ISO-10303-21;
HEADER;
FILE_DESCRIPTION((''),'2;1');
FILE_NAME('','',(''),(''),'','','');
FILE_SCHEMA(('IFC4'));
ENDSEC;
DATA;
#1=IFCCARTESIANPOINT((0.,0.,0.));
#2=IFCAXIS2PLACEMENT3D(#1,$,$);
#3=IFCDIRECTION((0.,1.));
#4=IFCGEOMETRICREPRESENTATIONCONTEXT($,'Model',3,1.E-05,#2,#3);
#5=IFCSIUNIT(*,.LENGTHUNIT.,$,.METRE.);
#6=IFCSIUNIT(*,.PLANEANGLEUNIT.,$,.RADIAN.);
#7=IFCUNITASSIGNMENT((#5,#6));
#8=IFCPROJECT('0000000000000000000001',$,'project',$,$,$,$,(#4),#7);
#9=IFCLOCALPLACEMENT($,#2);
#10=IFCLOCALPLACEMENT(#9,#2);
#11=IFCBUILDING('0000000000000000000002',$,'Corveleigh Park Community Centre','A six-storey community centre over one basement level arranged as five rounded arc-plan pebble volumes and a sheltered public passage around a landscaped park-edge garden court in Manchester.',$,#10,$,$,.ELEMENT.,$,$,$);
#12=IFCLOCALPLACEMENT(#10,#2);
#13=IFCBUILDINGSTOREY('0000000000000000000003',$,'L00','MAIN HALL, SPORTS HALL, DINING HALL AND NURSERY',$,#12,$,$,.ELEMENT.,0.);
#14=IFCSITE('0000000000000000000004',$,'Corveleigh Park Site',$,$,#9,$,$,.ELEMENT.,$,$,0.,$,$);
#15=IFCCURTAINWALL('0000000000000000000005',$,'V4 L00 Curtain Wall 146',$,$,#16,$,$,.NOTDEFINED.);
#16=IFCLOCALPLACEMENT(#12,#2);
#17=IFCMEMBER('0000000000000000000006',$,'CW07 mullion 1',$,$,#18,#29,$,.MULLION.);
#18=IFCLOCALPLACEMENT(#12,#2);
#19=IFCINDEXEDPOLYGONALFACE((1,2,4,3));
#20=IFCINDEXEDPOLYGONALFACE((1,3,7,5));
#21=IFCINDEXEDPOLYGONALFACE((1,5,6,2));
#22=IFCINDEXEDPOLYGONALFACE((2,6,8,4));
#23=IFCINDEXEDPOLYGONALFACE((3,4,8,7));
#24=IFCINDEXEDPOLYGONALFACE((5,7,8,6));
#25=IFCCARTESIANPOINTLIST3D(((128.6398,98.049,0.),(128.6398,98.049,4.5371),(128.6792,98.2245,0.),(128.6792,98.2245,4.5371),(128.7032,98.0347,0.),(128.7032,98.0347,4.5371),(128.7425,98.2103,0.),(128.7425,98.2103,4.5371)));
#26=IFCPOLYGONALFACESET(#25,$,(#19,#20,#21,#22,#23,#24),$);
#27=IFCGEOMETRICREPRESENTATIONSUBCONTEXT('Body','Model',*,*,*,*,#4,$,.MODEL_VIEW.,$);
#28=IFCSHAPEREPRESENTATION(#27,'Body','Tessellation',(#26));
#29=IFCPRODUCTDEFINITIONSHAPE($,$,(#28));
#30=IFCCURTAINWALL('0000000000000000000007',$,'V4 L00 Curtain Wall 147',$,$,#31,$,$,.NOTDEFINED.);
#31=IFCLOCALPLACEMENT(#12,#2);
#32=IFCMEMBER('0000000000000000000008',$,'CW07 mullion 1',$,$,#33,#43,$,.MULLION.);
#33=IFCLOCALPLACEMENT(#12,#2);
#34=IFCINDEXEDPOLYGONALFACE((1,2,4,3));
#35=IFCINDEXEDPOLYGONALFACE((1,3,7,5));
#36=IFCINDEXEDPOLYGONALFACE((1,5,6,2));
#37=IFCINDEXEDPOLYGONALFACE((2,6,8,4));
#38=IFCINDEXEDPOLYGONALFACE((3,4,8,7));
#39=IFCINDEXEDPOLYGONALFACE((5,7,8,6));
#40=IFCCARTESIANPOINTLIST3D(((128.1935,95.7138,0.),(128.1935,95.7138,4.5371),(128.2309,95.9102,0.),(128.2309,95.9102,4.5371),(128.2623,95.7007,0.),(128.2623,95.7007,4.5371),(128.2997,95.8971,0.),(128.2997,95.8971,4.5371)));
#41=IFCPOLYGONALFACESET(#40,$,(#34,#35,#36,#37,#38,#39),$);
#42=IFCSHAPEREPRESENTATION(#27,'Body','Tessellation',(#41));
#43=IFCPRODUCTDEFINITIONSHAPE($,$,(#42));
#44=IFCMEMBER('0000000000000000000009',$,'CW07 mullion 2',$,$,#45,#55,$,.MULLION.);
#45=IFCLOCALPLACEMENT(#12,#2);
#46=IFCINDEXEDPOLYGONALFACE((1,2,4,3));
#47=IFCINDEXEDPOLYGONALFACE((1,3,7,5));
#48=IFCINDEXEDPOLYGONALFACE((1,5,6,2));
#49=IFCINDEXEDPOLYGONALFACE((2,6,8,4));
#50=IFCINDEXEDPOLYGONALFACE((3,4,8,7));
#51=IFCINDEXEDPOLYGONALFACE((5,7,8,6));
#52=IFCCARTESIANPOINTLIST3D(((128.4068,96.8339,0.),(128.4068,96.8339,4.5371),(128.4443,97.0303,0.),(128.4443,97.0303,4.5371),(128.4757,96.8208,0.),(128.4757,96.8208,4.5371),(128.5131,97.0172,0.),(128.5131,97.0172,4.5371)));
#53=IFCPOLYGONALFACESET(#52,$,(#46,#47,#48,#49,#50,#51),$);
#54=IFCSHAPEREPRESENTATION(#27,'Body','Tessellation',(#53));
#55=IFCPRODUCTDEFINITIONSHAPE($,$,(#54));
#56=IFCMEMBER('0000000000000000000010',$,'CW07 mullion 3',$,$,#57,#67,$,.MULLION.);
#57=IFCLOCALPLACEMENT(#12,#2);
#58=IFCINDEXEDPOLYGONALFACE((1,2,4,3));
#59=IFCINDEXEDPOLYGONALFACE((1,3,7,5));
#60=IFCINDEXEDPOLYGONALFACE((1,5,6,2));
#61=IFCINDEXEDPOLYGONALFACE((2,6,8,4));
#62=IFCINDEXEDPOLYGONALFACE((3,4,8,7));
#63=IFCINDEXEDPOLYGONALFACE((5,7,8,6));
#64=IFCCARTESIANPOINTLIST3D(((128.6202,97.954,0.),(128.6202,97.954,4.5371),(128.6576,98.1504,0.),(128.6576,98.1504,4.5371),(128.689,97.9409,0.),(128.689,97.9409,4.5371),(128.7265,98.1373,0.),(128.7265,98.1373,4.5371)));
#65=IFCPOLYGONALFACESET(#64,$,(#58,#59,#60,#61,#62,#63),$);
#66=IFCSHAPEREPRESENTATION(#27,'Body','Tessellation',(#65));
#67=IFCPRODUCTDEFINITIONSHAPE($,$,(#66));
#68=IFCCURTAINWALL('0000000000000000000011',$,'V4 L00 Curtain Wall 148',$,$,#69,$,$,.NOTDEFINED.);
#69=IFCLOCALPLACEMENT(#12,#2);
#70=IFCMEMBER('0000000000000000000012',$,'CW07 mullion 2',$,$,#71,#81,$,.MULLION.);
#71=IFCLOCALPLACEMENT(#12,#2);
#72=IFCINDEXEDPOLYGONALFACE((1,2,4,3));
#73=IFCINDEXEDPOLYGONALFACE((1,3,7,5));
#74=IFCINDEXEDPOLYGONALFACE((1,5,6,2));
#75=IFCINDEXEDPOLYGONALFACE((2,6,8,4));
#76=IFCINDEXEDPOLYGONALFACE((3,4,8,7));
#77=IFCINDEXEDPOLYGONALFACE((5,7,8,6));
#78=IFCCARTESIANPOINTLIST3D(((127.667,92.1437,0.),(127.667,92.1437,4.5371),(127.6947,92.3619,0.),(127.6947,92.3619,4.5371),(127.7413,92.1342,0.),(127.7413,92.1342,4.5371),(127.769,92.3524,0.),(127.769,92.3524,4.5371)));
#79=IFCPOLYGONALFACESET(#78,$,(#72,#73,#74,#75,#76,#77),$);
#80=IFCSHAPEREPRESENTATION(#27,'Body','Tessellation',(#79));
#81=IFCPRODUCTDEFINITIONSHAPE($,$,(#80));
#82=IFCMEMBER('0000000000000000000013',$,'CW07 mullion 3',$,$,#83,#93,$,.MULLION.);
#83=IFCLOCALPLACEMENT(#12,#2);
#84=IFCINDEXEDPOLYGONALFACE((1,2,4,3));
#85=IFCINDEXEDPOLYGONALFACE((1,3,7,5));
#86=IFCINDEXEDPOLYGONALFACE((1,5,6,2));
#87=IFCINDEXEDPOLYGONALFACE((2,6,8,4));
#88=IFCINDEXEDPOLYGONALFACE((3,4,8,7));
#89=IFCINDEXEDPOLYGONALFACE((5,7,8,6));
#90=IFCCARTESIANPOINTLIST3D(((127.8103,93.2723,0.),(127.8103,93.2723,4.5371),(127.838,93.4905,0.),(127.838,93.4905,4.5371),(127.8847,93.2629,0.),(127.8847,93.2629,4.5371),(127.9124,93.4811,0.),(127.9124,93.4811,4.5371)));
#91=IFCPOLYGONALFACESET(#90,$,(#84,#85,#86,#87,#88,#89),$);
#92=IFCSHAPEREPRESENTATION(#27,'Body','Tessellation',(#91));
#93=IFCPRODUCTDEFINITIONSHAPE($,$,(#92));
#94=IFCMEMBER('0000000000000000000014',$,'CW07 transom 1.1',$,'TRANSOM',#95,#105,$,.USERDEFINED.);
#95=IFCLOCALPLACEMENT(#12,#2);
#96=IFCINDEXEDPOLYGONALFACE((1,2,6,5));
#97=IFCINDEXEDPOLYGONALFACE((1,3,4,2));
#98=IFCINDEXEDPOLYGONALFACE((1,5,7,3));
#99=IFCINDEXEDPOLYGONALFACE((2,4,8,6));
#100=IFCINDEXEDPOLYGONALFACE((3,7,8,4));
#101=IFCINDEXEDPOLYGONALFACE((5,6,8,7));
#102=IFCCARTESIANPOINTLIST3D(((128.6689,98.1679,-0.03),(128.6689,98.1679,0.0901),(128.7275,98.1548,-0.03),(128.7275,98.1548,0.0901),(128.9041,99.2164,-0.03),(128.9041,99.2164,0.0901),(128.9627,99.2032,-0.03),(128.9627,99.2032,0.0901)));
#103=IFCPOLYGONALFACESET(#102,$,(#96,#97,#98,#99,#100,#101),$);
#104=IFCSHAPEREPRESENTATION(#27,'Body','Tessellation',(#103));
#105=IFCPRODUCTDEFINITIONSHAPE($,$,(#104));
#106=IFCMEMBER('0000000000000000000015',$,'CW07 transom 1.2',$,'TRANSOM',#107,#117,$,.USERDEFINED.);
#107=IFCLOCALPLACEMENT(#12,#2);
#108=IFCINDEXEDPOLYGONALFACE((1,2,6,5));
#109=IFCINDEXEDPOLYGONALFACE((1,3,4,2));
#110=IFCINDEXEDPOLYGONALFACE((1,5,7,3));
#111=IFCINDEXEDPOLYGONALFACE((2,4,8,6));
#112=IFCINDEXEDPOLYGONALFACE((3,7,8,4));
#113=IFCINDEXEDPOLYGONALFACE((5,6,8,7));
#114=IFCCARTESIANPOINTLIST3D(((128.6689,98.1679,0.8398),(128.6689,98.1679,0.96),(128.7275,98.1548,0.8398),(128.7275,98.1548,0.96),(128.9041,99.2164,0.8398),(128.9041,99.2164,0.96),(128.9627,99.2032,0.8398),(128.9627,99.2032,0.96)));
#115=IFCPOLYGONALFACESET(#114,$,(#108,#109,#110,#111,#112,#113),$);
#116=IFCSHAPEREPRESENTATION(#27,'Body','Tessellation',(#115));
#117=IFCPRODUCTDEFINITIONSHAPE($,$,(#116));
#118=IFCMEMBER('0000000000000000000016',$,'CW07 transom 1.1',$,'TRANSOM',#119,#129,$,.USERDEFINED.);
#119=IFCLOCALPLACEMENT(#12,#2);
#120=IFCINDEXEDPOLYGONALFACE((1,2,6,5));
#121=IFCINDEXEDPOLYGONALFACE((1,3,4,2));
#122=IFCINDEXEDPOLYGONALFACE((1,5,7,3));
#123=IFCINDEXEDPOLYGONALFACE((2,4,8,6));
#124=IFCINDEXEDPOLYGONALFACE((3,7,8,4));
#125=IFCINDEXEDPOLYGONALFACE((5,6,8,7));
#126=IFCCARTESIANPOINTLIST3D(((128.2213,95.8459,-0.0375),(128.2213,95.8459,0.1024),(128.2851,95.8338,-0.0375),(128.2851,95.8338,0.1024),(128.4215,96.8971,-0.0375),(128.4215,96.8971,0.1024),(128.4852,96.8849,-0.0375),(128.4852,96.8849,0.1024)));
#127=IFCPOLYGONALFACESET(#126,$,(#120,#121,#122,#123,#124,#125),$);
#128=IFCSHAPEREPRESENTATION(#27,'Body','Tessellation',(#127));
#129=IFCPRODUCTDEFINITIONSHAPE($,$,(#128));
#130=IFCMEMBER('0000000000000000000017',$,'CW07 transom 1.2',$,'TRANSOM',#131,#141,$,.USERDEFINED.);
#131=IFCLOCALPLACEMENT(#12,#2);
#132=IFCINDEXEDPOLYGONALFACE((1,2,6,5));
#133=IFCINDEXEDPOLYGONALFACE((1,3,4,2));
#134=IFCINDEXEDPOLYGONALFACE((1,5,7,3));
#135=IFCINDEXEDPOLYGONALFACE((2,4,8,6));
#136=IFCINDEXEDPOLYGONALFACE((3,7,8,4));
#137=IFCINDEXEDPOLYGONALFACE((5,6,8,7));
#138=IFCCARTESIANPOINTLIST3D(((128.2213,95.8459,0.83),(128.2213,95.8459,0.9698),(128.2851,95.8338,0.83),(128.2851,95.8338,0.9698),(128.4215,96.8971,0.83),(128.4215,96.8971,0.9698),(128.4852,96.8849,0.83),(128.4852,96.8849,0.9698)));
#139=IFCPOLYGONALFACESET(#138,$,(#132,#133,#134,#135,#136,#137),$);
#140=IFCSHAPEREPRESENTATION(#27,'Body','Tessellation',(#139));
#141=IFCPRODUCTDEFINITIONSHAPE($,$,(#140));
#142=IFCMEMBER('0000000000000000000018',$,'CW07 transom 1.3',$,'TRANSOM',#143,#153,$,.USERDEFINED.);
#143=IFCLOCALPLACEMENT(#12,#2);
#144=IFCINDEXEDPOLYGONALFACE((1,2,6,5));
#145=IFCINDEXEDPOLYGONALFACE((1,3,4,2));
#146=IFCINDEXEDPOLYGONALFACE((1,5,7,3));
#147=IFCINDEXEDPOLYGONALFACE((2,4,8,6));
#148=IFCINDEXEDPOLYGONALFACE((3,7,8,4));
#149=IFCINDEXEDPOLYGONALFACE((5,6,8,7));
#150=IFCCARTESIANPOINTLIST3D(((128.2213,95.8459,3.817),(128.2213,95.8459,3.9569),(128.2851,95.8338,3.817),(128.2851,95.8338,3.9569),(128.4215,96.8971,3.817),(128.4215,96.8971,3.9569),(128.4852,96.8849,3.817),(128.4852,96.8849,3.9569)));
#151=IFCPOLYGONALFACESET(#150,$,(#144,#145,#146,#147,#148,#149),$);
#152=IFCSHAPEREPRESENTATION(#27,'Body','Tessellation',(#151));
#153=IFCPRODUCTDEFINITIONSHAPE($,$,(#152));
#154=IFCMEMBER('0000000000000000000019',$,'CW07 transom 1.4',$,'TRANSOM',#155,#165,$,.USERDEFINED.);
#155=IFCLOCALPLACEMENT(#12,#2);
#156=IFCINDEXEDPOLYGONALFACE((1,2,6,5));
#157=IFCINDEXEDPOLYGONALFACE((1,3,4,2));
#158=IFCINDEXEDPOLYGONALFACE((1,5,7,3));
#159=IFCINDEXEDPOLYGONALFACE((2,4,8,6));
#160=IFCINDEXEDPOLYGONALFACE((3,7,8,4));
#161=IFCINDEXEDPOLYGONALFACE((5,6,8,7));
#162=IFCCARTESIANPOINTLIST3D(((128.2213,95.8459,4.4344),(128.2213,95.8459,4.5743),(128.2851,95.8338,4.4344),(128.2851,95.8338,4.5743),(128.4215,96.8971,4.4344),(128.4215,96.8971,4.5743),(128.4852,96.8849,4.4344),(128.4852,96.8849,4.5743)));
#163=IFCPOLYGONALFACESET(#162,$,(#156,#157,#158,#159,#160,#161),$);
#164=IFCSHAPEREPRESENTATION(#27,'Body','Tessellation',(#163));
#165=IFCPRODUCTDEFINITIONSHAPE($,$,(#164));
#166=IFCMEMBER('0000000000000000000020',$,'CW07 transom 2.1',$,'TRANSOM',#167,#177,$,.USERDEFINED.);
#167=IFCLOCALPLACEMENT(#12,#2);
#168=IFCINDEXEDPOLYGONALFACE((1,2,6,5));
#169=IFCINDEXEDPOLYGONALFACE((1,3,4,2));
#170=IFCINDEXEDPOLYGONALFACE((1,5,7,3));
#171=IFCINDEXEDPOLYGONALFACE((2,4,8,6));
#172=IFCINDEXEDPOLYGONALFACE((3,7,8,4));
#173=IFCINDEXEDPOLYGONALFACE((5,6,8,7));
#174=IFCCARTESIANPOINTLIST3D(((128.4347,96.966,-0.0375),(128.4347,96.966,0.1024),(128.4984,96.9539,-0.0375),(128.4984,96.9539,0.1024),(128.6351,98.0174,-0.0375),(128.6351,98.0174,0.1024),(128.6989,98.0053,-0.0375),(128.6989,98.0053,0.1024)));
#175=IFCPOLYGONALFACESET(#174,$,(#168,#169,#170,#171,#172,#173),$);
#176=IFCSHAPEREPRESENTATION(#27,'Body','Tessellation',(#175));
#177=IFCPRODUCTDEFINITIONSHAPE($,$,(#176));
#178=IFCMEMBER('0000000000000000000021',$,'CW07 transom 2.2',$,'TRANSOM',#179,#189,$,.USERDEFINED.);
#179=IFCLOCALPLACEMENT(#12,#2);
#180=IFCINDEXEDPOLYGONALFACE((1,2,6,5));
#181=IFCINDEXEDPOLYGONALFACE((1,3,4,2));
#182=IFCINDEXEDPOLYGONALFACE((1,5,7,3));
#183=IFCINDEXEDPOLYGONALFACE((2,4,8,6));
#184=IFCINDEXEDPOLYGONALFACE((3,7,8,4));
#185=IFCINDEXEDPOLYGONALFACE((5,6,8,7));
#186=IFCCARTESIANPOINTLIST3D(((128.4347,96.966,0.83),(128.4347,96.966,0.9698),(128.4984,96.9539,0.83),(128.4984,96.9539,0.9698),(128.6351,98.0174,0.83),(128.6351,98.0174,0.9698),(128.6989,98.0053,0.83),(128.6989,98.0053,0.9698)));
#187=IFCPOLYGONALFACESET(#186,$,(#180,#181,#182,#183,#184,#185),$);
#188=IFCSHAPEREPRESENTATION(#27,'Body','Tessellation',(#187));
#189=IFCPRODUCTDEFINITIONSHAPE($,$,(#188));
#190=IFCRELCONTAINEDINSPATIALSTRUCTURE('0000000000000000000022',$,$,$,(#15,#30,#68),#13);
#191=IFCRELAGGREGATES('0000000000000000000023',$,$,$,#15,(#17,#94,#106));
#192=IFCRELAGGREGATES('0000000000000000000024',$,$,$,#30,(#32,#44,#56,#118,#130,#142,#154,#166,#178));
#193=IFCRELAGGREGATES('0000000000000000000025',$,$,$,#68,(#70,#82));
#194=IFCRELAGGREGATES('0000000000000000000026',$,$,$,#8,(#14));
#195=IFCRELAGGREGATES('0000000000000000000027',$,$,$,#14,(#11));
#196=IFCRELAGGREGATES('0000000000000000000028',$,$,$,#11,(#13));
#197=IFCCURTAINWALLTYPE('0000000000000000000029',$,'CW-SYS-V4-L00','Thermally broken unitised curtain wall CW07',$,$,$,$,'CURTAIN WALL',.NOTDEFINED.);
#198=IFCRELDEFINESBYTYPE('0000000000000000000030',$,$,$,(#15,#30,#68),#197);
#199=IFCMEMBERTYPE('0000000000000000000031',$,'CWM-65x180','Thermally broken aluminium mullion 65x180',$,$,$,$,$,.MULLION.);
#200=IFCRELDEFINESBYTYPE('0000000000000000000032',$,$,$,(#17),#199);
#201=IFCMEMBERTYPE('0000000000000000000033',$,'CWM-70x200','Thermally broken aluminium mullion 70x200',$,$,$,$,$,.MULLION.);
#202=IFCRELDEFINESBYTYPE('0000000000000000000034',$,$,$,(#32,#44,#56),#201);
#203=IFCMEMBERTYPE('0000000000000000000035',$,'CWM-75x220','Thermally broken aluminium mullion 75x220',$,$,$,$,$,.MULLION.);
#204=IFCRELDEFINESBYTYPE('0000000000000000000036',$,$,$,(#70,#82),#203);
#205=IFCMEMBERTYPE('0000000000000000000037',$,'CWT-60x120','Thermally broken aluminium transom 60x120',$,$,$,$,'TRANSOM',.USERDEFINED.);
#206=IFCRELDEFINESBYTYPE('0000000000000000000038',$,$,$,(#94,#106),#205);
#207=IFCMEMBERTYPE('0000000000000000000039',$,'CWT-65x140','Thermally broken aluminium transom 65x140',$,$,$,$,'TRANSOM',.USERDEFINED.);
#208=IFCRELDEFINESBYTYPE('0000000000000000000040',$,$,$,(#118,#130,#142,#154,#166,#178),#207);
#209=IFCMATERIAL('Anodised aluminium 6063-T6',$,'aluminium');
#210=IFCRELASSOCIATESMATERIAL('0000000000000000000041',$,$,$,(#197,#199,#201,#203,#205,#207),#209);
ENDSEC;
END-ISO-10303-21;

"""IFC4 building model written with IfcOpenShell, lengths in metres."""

from ifc_helpers import new_model, si_unit, direction, frame, origin, origin_2d, place, context, subcontext, project, spatial, rectangle, extrude, material, material_profile, profile_set, type_object, element, aggregate, save


model = new_model("IFC4")

# Units and contexts
model_context = context("Model", 3, precision=1e-05, world=origin(), true_north=direction((0.0, 1.0)))
body_context = subcontext(model_context, "Body", "Model", "MODEL_VIEW")
ifc_project = project(units=[si_unit("LENGTHUNIT", "METRE"), si_unit("PLANEANGLEUNIT", "RADIAN")], contexts=[model_context])

# Site, building, storey
site_placement = place(None, origin())
site = spatial("IfcSite", under=ifc_project, at=site_placement, Name="Corveleigh Park Site", CompositionType="ELEMENT", RefElevation=0.0)
building_placement = place(site_placement, origin())
building = spatial("IfcBuilding", under=site, at=building_placement, Name="Corveleigh Park Community Centre", Description="A six-storey community centre over one basement level arranged as five rounded arc-plan pebble volumes and a sheltered public passage around a landscaped park-edge garden court in Manchester.", CompositionType="ELEMENT")
storey_placement = place(building_placement, origin())
storey = spatial("IfcBuildingStorey", under=building, at=storey_placement, Name="L00", Description="MAIN HALL, SPORTS HALL, DINING HALL AND NURSERY", CompositionType="ELEMENT", Elevation=0.0)

# Curtain wall, member
ifc_material_1 = material(Name="Anodised aluminium 6063-T6", Category="aluminium")
curtain_wall_type = type_object("IfcCurtainWallType", Name="CW-SYS-V4-L00", Description="Thermally broken unitised curtain wall CW07", ElementType="CURTAIN WALL", PredefinedType="NOTDEFINED", material=ifc_material_1)
curtain_wall_1_placement = place(storey_placement, origin())
curtain_wall_1 = element("IfcCurtainWall", 1, at=curtain_wall_1_placement, inside=storey, type_object=curtain_wall_type, Name="V4 L00 Curtain Wall 146", PredefinedType="NOTDEFINED")
ifc_material_profile_1 = material_profile(ifc_material_1, rectangle(XDim=0.0649, YDim=0.1799, at=origin_2d()), Name="ALU-M65x180", Category="aluminium")
ifc_profile_set_1 = profile_set([ifc_material_profile_1], Name="Anodised aluminium 6063-T6")
member_type_1 = type_object("IfcMemberType", Name="CWM-65x180", Description="Thermally broken aluminium mullion 65x180", PredefinedType="MULLION", material=ifc_profile_set_1)
member_1_placement = place(storey_placement, frame((128.6912, 98.1296, 0.0), z_axis=(0.0, 0.0, 1.0), x_axis=(-0.975753, 0.218873, 0.0)))
member_1 = element("IfcMember", 2, at=member_1_placement, type_object=member_type_1, Name="CW07 mullion 1", PredefinedType="MULLION", context=body_context, shape_type="SweptSolid", body=[
    extrude(rectangle(XDim=0.0649, YDim=0.1799, at=origin_2d()), origin(), (0.0, 0.0, 1.0), 4.5371),
])

# Curtain walls, members
curtain_wall_2_placement = place(storey_placement, origin())
curtain_wall_2 = element("IfcCurtainWall", 3, at=curtain_wall_2_placement, inside=storey, type_object=curtain_wall_type, Name="V4 L00 Curtain Wall 147", PredefinedType="NOTDEFINED")
ifc_material_profile_2 = material_profile(ifc_material_1, rectangle(XDim=0.0701, YDim=0.2, at=origin_2d()), Name="ALU-M70x200", Category="aluminium")
ifc_profile_set_2 = profile_set([ifc_material_profile_2], Name="Anodised aluminium 6063-T6")
member_type_2 = type_object("IfcMemberType", Name="CWM-70x200", Description="Thermally broken aluminium mullion 70x200", PredefinedType="MULLION", material=ifc_profile_set_2)
member_2_placement = place(storey_placement, frame((128.2466, 95.8054, 0.0), z_axis=(0.0, 0.0, 1.0), x_axis=(-0.982324, 0.18719, 0.0)))
member_2 = element("IfcMember", 4, at=member_2_placement, type_object=member_type_2, Name="CW07 mullion 1", PredefinedType="MULLION", context=body_context, shape_type="SweptSolid", body=[
    extrude(rectangle(XDim=0.0701, YDim=0.2, at=origin_2d()), origin(), (0.0, 0.0, 1.0), 4.5371),
])
member_3_placement = place(storey_placement, frame((128.46, 96.9255, 0.0), z_axis=(0.0, 0.0, 1.0), x_axis=(-0.982324, 0.18719, 0.0)))
member_3 = element("IfcMember", 5, at=member_3_placement, type_object=member_type_2, Name="CW07 mullion 2", PredefinedType="MULLION", context=body_context, shape_type="SweptSolid", body=[
    extrude(rectangle(XDim=0.0701, YDim=0.2, at=origin_2d()), origin(), (0.0, 0.0, 1.0), 4.5371),
])
member_4_placement = place(storey_placement, frame((128.6733, 98.0457, 0.0), z_axis=(0.0, 0.0, 1.0), x_axis=(-0.982324, 0.18719, 0.0)))
member_4 = element("IfcMember", 6, at=member_4_placement, type_object=member_type_2, Name="CW07 mullion 3", PredefinedType="MULLION", context=body_context, shape_type="SweptSolid", body=[
    extrude(rectangle(XDim=0.0701, YDim=0.2, at=origin_2d()), origin(), (0.0, 0.0, 1.0), 4.5371),
])
curtain_wall_3_placement = place(storey_placement, origin())
curtain_wall_3 = element("IfcCurtainWall", 7, at=curtain_wall_3_placement, inside=storey, type_object=curtain_wall_type, Name="V4 L00 Curtain Wall 148", PredefinedType="NOTDEFINED")
ifc_material_profile_3 = material_profile(ifc_material_1, rectangle(XDim=0.075, YDim=0.22, at=origin_2d()), Name="ALU-M75x220", Category="aluminium")
ifc_profile_set_3 = profile_set([ifc_material_profile_3], Name="Anodised aluminium 6063-T6")
member_type_3 = type_object("IfcMemberType", Name="CWM-75x220", Description="Thermally broken aluminium mullion 75x220", PredefinedType="MULLION", material=ifc_profile_set_3)
member_5_placement = place(storey_placement, frame((127.718, 92.248, 0.0), z_axis=(0.0, 0.0, 1.0), x_axis=(-0.99204, 0.125919, 0.0)))
member_5 = element("IfcMember", 8, at=member_5_placement, type_object=member_type_3, Name="CW07 mullion 2", PredefinedType="MULLION", context=body_context, shape_type="SweptSolid", body=[
    extrude(rectangle(XDim=0.075, YDim=0.22, at=origin_2d()), origin(), (0.0, 0.0, 1.0), 4.5371),
])
member_6_placement = place(storey_placement, frame((127.8613, 93.3767, 0.0), z_axis=(0.0, 0.0, 1.0), x_axis=(-0.99204, 0.125919, 0.0)))
member_6 = element("IfcMember", 9, at=member_6_placement, type_object=member_type_3, Name="CW07 mullion 3", PredefinedType="MULLION", context=body_context, shape_type="SweptSolid", body=[
    extrude(rectangle(XDim=0.075, YDim=0.22, at=origin_2d()), origin(), (0.0, 0.0, 1.0), 4.5371),
])

# Members
ifc_material_profile_4 = material_profile(ifc_material_1, rectangle(XDim=0.0601, YDim=0.1201, at=origin_2d()), Name="ALU-T60x120", Category="aluminium")
ifc_profile_set_4 = profile_set([ifc_material_profile_4], Name="Anodised aluminium 6063-T6")
member_type_4 = type_object("IfcMemberType", Name="CWT-60x120", Description="Thermally broken aluminium transom 60x120", ElementType="TRANSOM", PredefinedType="USERDEFINED", material=ifc_profile_set_4)
member_7_placement = place(storey_placement, frame((128.6982, 98.1614, 0.03), z_axis=(0.218831, 0.975763, 0.0), x_axis=(-0.975763, 0.218831, 0.0)))
member_7 = element("IfcMember", 10, at=member_7_placement, type_object=member_type_4, Name="CW07 transom 1.1", ObjectType="TRANSOM", PredefinedType="USERDEFINED", context=body_context, shape_type="SweptSolid", body=[
    extrude(rectangle(XDim=0.0601, YDim=0.1201, at=origin_2d()), origin(), (0.0, 0.0, 1.0), 1.0745),
])
member_8_placement = place(storey_placement, frame((128.6982, 98.1614, 0.8999), z_axis=(0.218831, 0.975763, 0.0), x_axis=(-0.975763, 0.218831, 0.0)))
member_8 = element("IfcMember", 11, at=member_8_placement, type_object=member_type_4, Name="CW07 transom 1.2", ObjectType="TRANSOM", PredefinedType="USERDEFINED", context=body_context, shape_type="SweptSolid", body=[
    extrude(rectangle(XDim=0.0601, YDim=0.1201, at=origin_2d()), origin(), (0.0, 0.0, 1.0), 1.0745),
])
aggregate(curtain_wall_1, [member_1, member_7, member_8])
ifc_material_profile_5 = material_profile(ifc_material_1, rectangle(XDim=0.0649, YDim=0.1399, at=origin_2d()), Name="ALU-T65x140", Category="aluminium")
ifc_profile_set_5 = profile_set([ifc_material_profile_5], Name="Anodised aluminium 6063-T6")
member_type_5 = type_object("IfcMemberType", Name="CWT-65x140", Description="Thermally broken aluminium transom 65x140", ElementType="TRANSOM", PredefinedType="USERDEFINED", material=ifc_profile_set_5)
member_9_placement = place(storey_placement, frame((128.2532, 95.8398, 0.0325), z_axis=(0.18707, 0.982347, 0.0), x_axis=(-0.982347, 0.18707, 0.0)))
member_9 = element("IfcMember", 12, at=member_9_placement, type_object=member_type_5, Name="CW07 transom 1.1", ObjectType="TRANSOM", PredefinedType="USERDEFINED", context=body_context, shape_type="SweptSolid", body=[
    extrude(rectangle(XDim=0.0649, YDim=0.1399, at=origin_2d()), origin(), (0.0, 0.0, 1.0), 1.0701),
])
member_10_placement = place(storey_placement, frame((128.2532, 95.8398, 0.8999), z_axis=(0.18707, 0.982347, 0.0), x_axis=(-0.982347, 0.18707, 0.0)))
member_10 = element("IfcMember", 13, at=member_10_placement, type_object=member_type_5, Name="CW07 transom 1.2", ObjectType="TRANSOM", PredefinedType="USERDEFINED", context=body_context, shape_type="SweptSolid", body=[
    extrude(rectangle(XDim=0.0649, YDim=0.1399, at=origin_2d()), origin(), (0.0, 0.0, 1.0), 1.0701),
])
member_11_placement = place(storey_placement, frame((128.2532, 95.8398, 3.887), z_axis=(0.18707, 0.982347, 0.0), x_axis=(-0.982347, 0.18707, 0.0)))
member_11 = element("IfcMember", 14, at=member_11_placement, type_object=member_type_5, Name="CW07 transom 1.3", ObjectType="TRANSOM", PredefinedType="USERDEFINED", context=body_context, shape_type="SweptSolid", body=[
    extrude(rectangle(XDim=0.0649, YDim=0.1399, at=origin_2d()), origin(), (0.0, 0.0, 1.0), 1.0701),
])
member_12_placement = place(storey_placement, frame((128.2532, 95.8398, 4.5044), z_axis=(0.18707, 0.982347, 0.0), x_axis=(-0.982347, 0.18707, 0.0)))
member_12 = element("IfcMember", 15, at=member_12_placement, type_object=member_type_5, Name="CW07 transom 1.4", ObjectType="TRANSOM", PredefinedType="USERDEFINED", context=body_context, shape_type="SweptSolid", body=[
    extrude(rectangle(XDim=0.0649, YDim=0.1399, at=origin_2d()), origin(), (0.0, 0.0, 1.0), 1.0701),
])
member_13_placement = place(storey_placement, frame((128.4666, 96.96, 0.0325), z_axis=(0.18729, 0.982305, 0.0), x_axis=(-0.982305, 0.18729, 0.0)))
member_13 = element("IfcMember", 16, at=member_13_placement, type_object=member_type_5, Name="CW07 transom 2.1", ObjectType="TRANSOM", PredefinedType="USERDEFINED", context=body_context, shape_type="SweptSolid", body=[
    extrude(rectangle(XDim=0.0649, YDim=0.1399, at=origin_2d()), origin(), (0.0, 0.0, 1.0), 1.0703),
])
member_14_placement = place(storey_placement, frame((128.4666, 96.96, 0.8999), z_axis=(0.18729, 0.982305, 0.0), x_axis=(-0.982305, 0.18729, 0.0)))
member_14 = element("IfcMember", 17, at=member_14_placement, type_object=member_type_5, Name="CW07 transom 2.2", ObjectType="TRANSOM", PredefinedType="USERDEFINED", context=body_context, shape_type="SweptSolid", body=[
    extrude(rectangle(XDim=0.0649, YDim=0.1399, at=origin_2d()), origin(), (0.0, 0.0, 1.0), 1.0703),
])

aggregate(curtain_wall_2, [member_2, member_3, member_4, member_9, member_10, member_11, member_12, member_13, member_14])
aggregate(curtain_wall_3, [member_5, member_6])

save(model, "model.ifc")
